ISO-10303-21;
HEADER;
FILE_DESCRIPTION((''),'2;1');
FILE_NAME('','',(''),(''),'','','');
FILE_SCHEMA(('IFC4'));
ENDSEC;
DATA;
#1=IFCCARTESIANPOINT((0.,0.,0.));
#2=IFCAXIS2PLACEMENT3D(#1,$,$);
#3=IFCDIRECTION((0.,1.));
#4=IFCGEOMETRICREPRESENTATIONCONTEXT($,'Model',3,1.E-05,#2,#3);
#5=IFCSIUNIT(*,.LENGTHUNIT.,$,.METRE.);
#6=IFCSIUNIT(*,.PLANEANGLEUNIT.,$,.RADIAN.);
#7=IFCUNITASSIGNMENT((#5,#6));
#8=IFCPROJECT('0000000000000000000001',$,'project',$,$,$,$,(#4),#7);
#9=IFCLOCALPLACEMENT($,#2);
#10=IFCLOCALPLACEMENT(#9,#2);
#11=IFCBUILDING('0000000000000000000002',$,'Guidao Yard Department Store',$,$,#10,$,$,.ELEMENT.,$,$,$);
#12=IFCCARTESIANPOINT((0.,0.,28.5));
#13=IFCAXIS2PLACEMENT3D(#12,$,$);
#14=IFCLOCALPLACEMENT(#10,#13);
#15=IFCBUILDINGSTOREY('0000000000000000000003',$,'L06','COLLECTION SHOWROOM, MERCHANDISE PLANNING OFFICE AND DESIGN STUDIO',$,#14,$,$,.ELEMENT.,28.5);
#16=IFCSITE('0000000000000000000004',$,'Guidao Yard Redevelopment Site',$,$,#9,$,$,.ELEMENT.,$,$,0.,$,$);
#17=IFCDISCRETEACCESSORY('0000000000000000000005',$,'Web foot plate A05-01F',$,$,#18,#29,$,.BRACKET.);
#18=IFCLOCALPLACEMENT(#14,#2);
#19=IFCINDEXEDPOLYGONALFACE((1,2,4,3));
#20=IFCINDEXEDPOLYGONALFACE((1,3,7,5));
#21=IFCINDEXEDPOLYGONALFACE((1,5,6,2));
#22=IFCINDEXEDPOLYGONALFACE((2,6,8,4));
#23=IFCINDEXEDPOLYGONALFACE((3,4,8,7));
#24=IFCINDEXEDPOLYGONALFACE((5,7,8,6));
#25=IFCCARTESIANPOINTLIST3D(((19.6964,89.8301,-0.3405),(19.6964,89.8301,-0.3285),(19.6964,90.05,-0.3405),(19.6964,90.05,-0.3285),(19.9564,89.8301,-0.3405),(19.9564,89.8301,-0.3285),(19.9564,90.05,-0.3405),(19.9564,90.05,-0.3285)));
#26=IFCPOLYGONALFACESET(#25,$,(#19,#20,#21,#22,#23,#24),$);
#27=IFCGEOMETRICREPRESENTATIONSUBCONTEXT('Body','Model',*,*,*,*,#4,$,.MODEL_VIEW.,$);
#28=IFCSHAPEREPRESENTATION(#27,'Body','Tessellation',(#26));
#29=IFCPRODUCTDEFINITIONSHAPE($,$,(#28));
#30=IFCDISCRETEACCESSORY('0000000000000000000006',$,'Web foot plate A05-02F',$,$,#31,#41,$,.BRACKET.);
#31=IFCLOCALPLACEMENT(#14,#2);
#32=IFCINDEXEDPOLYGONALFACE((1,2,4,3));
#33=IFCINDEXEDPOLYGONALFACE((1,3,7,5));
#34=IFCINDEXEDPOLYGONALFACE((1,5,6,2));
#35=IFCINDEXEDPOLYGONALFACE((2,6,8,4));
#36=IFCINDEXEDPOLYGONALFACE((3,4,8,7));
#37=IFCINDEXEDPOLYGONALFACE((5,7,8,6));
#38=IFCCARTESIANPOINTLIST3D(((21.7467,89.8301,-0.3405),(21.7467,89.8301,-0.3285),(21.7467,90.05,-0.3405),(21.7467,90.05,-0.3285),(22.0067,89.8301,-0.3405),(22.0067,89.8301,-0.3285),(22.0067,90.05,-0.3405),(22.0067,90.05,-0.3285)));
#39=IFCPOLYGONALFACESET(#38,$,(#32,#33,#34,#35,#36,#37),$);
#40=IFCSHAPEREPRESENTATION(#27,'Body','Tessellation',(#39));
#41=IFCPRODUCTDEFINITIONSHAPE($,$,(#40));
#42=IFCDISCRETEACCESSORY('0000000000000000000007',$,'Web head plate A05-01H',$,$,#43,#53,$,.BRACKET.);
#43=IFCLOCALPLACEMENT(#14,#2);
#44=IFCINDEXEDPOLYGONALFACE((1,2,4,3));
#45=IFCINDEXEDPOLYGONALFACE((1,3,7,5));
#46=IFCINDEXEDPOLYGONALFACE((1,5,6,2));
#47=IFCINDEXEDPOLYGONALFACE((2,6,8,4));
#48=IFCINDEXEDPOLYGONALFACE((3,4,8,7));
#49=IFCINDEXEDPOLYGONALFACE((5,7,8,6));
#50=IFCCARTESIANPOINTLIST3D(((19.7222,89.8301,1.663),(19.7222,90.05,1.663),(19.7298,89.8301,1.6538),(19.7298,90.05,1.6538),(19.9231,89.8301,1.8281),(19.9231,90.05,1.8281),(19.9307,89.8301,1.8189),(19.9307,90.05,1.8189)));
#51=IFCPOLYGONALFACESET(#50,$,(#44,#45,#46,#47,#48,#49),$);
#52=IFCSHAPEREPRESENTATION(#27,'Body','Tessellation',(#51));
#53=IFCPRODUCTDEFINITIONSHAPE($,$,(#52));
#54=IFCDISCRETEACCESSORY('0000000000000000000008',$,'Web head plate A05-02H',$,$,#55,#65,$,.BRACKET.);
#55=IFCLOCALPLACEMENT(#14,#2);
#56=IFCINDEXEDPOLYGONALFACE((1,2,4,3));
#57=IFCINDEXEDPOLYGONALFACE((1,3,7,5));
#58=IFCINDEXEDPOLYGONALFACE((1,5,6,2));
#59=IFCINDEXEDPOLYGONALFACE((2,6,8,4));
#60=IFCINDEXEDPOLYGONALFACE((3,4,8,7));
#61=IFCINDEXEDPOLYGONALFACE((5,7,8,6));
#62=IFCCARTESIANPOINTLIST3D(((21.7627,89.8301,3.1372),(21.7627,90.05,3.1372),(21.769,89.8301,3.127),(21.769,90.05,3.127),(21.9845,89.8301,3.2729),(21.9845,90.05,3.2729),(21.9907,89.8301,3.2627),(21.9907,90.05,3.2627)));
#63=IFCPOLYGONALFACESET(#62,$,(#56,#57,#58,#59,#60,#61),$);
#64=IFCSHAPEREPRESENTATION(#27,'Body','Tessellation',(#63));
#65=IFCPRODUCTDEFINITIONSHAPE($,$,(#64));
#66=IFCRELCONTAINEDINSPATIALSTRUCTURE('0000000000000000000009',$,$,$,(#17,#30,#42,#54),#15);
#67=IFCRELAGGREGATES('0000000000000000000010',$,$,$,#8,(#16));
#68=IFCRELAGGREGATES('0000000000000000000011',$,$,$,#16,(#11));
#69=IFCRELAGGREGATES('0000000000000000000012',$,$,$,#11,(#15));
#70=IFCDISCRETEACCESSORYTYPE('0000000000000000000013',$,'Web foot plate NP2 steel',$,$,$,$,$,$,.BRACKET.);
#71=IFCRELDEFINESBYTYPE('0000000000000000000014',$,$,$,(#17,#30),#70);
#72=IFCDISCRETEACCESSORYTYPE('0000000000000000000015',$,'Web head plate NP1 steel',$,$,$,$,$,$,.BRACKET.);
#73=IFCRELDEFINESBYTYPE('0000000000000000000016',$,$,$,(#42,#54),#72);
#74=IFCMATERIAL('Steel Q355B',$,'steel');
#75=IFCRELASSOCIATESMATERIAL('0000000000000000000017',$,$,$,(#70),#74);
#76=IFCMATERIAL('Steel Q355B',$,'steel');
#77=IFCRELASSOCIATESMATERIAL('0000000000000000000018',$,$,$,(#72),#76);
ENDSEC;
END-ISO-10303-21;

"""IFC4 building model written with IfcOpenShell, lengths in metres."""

from ifc_helpers import new_model, si_unit, direction, frame, origin, origin_2d, place, context, subcontext, project, spatial, rectangle, extrude, material, material_profile, profile_set, type_object, element, save


model = new_model("IFC4")

# Units and contexts
model_context = context("Model", 3, precision=1e-05, world=origin(), true_north=direction((0.0, 1.0)))
body_context = subcontext(model_context, "Body", "Model", "MODEL_VIEW")
ifc_project = project(units=[si_unit("LENGTHUNIT", "METRE"), si_unit("PLANEANGLEUNIT", "RADIAN")], contexts=[model_context])

# Site, building, storey
site_placement = place(None, origin())
site = spatial("IfcSite", under=ifc_project, at=site_placement, Name="Guidao Yard Redevelopment Site", CompositionType="ELEMENT", RefElevation=0.0)
building_placement = place(site_placement, origin())
building = spatial("IfcBuilding", under=site, at=building_placement, Name="Guidao Yard Department Store", CompositionType="ELEMENT")
storey_placement = place(building_placement, frame((0.0, 0.0, 28.5)))
storey = spatial("IfcBuildingStorey", under=building, at=storey_placement, Name="L06", Description="COLLECTION SHOWROOM, MERCHANDISE PLANNING OFFICE AND DESIGN STUDIO", CompositionType="ELEMENT", Elevation=28.5)

# Discrete accessories
ifc_material_1 = material(Name="Steel Q355B", Category="steel")
ifc_material_profile_1 = material_profile(ifc_material_1, rectangle(XDim=0.26, YDim=0.012, at=origin_2d()), Name="Node plate 260x12")
ifc_profile_set_1 = profile_set([ifc_material_profile_1], Name="Steel Q355B")
discrete_accessory_type_1 = type_object("IfcDiscreteAccessoryType", Name="Web foot plate NP2 steel", PredefinedType="BRACKET", material=ifc_profile_set_1)
for number, where, z_axis, x_axis, name in (
    (1, (19.8264, 89.8301, -0.3345), (0.0, 1.0, 0.0), (-1.0, 0.0, 0.0), "Web foot plate A05-01F"),
    (2, (21.8767, 89.8301, -0.3345), (0.0, 1.0, 0.0), (-1.0, 0.0, 0.0), "Web foot plate A05-02F"),
):
    element("IfcDiscreteAccessory", number, at=place(storey_placement, frame(where, z_axis=z_axis, x_axis=x_axis)), inside=storey, type_object=discrete_accessory_type_1, Name=name, PredefinedType="BRACKET", context=body_context, shape_type="SweptSolid", body=[
        extrude(rectangle(XDim=0.26, YDim=0.012, at=origin_2d()), origin(), (0.0, 0.0, 1.0), 0.22),
    ])
ifc_material_2 = material(Name="Steel Q355B", Category="steel")
ifc_material_profile_2 = material_profile(ifc_material_2, rectangle(XDim=0.26, YDim=0.012, at=origin_2d()), Name="Node plate 260x12")
ifc_profile_set_2 = profile_set([ifc_material_profile_2], Name="Steel Q355B")
discrete_accessory_type_2 = type_object("IfcDiscreteAccessoryType", Name="Web head plate NP1 steel", PredefinedType="BRACKET", material=ifc_profile_set_2)
for number, where, z_axis, x_axis, name in (
    (3, (19.8264, 89.8301, 1.741), (0.0, 1.0, 0.0), (-0.77257, 0.0, -0.63493), "Web head plate A05-01H"),
    (4, (21.8767, 89.8301, 3.2), (0.0, 1.0, 0.0), (-0.852874, 0.0, -0.522116), "Web head plate A05-02H"),
):
    element("IfcDiscreteAccessory", number, at=place(storey_placement, frame(where, z_axis=z_axis, x_axis=x_axis)), inside=storey, type_object=discrete_accessory_type_2, Name=name, PredefinedType="BRACKET", context=body_context, shape_type="SweptSolid", body=[
        extrude(rectangle(XDim=0.26, YDim=0.012, at=origin_2d()), origin(), (0.0, 0.0, 1.0), 0.22),
    ])

save(model, "model.ifc")
